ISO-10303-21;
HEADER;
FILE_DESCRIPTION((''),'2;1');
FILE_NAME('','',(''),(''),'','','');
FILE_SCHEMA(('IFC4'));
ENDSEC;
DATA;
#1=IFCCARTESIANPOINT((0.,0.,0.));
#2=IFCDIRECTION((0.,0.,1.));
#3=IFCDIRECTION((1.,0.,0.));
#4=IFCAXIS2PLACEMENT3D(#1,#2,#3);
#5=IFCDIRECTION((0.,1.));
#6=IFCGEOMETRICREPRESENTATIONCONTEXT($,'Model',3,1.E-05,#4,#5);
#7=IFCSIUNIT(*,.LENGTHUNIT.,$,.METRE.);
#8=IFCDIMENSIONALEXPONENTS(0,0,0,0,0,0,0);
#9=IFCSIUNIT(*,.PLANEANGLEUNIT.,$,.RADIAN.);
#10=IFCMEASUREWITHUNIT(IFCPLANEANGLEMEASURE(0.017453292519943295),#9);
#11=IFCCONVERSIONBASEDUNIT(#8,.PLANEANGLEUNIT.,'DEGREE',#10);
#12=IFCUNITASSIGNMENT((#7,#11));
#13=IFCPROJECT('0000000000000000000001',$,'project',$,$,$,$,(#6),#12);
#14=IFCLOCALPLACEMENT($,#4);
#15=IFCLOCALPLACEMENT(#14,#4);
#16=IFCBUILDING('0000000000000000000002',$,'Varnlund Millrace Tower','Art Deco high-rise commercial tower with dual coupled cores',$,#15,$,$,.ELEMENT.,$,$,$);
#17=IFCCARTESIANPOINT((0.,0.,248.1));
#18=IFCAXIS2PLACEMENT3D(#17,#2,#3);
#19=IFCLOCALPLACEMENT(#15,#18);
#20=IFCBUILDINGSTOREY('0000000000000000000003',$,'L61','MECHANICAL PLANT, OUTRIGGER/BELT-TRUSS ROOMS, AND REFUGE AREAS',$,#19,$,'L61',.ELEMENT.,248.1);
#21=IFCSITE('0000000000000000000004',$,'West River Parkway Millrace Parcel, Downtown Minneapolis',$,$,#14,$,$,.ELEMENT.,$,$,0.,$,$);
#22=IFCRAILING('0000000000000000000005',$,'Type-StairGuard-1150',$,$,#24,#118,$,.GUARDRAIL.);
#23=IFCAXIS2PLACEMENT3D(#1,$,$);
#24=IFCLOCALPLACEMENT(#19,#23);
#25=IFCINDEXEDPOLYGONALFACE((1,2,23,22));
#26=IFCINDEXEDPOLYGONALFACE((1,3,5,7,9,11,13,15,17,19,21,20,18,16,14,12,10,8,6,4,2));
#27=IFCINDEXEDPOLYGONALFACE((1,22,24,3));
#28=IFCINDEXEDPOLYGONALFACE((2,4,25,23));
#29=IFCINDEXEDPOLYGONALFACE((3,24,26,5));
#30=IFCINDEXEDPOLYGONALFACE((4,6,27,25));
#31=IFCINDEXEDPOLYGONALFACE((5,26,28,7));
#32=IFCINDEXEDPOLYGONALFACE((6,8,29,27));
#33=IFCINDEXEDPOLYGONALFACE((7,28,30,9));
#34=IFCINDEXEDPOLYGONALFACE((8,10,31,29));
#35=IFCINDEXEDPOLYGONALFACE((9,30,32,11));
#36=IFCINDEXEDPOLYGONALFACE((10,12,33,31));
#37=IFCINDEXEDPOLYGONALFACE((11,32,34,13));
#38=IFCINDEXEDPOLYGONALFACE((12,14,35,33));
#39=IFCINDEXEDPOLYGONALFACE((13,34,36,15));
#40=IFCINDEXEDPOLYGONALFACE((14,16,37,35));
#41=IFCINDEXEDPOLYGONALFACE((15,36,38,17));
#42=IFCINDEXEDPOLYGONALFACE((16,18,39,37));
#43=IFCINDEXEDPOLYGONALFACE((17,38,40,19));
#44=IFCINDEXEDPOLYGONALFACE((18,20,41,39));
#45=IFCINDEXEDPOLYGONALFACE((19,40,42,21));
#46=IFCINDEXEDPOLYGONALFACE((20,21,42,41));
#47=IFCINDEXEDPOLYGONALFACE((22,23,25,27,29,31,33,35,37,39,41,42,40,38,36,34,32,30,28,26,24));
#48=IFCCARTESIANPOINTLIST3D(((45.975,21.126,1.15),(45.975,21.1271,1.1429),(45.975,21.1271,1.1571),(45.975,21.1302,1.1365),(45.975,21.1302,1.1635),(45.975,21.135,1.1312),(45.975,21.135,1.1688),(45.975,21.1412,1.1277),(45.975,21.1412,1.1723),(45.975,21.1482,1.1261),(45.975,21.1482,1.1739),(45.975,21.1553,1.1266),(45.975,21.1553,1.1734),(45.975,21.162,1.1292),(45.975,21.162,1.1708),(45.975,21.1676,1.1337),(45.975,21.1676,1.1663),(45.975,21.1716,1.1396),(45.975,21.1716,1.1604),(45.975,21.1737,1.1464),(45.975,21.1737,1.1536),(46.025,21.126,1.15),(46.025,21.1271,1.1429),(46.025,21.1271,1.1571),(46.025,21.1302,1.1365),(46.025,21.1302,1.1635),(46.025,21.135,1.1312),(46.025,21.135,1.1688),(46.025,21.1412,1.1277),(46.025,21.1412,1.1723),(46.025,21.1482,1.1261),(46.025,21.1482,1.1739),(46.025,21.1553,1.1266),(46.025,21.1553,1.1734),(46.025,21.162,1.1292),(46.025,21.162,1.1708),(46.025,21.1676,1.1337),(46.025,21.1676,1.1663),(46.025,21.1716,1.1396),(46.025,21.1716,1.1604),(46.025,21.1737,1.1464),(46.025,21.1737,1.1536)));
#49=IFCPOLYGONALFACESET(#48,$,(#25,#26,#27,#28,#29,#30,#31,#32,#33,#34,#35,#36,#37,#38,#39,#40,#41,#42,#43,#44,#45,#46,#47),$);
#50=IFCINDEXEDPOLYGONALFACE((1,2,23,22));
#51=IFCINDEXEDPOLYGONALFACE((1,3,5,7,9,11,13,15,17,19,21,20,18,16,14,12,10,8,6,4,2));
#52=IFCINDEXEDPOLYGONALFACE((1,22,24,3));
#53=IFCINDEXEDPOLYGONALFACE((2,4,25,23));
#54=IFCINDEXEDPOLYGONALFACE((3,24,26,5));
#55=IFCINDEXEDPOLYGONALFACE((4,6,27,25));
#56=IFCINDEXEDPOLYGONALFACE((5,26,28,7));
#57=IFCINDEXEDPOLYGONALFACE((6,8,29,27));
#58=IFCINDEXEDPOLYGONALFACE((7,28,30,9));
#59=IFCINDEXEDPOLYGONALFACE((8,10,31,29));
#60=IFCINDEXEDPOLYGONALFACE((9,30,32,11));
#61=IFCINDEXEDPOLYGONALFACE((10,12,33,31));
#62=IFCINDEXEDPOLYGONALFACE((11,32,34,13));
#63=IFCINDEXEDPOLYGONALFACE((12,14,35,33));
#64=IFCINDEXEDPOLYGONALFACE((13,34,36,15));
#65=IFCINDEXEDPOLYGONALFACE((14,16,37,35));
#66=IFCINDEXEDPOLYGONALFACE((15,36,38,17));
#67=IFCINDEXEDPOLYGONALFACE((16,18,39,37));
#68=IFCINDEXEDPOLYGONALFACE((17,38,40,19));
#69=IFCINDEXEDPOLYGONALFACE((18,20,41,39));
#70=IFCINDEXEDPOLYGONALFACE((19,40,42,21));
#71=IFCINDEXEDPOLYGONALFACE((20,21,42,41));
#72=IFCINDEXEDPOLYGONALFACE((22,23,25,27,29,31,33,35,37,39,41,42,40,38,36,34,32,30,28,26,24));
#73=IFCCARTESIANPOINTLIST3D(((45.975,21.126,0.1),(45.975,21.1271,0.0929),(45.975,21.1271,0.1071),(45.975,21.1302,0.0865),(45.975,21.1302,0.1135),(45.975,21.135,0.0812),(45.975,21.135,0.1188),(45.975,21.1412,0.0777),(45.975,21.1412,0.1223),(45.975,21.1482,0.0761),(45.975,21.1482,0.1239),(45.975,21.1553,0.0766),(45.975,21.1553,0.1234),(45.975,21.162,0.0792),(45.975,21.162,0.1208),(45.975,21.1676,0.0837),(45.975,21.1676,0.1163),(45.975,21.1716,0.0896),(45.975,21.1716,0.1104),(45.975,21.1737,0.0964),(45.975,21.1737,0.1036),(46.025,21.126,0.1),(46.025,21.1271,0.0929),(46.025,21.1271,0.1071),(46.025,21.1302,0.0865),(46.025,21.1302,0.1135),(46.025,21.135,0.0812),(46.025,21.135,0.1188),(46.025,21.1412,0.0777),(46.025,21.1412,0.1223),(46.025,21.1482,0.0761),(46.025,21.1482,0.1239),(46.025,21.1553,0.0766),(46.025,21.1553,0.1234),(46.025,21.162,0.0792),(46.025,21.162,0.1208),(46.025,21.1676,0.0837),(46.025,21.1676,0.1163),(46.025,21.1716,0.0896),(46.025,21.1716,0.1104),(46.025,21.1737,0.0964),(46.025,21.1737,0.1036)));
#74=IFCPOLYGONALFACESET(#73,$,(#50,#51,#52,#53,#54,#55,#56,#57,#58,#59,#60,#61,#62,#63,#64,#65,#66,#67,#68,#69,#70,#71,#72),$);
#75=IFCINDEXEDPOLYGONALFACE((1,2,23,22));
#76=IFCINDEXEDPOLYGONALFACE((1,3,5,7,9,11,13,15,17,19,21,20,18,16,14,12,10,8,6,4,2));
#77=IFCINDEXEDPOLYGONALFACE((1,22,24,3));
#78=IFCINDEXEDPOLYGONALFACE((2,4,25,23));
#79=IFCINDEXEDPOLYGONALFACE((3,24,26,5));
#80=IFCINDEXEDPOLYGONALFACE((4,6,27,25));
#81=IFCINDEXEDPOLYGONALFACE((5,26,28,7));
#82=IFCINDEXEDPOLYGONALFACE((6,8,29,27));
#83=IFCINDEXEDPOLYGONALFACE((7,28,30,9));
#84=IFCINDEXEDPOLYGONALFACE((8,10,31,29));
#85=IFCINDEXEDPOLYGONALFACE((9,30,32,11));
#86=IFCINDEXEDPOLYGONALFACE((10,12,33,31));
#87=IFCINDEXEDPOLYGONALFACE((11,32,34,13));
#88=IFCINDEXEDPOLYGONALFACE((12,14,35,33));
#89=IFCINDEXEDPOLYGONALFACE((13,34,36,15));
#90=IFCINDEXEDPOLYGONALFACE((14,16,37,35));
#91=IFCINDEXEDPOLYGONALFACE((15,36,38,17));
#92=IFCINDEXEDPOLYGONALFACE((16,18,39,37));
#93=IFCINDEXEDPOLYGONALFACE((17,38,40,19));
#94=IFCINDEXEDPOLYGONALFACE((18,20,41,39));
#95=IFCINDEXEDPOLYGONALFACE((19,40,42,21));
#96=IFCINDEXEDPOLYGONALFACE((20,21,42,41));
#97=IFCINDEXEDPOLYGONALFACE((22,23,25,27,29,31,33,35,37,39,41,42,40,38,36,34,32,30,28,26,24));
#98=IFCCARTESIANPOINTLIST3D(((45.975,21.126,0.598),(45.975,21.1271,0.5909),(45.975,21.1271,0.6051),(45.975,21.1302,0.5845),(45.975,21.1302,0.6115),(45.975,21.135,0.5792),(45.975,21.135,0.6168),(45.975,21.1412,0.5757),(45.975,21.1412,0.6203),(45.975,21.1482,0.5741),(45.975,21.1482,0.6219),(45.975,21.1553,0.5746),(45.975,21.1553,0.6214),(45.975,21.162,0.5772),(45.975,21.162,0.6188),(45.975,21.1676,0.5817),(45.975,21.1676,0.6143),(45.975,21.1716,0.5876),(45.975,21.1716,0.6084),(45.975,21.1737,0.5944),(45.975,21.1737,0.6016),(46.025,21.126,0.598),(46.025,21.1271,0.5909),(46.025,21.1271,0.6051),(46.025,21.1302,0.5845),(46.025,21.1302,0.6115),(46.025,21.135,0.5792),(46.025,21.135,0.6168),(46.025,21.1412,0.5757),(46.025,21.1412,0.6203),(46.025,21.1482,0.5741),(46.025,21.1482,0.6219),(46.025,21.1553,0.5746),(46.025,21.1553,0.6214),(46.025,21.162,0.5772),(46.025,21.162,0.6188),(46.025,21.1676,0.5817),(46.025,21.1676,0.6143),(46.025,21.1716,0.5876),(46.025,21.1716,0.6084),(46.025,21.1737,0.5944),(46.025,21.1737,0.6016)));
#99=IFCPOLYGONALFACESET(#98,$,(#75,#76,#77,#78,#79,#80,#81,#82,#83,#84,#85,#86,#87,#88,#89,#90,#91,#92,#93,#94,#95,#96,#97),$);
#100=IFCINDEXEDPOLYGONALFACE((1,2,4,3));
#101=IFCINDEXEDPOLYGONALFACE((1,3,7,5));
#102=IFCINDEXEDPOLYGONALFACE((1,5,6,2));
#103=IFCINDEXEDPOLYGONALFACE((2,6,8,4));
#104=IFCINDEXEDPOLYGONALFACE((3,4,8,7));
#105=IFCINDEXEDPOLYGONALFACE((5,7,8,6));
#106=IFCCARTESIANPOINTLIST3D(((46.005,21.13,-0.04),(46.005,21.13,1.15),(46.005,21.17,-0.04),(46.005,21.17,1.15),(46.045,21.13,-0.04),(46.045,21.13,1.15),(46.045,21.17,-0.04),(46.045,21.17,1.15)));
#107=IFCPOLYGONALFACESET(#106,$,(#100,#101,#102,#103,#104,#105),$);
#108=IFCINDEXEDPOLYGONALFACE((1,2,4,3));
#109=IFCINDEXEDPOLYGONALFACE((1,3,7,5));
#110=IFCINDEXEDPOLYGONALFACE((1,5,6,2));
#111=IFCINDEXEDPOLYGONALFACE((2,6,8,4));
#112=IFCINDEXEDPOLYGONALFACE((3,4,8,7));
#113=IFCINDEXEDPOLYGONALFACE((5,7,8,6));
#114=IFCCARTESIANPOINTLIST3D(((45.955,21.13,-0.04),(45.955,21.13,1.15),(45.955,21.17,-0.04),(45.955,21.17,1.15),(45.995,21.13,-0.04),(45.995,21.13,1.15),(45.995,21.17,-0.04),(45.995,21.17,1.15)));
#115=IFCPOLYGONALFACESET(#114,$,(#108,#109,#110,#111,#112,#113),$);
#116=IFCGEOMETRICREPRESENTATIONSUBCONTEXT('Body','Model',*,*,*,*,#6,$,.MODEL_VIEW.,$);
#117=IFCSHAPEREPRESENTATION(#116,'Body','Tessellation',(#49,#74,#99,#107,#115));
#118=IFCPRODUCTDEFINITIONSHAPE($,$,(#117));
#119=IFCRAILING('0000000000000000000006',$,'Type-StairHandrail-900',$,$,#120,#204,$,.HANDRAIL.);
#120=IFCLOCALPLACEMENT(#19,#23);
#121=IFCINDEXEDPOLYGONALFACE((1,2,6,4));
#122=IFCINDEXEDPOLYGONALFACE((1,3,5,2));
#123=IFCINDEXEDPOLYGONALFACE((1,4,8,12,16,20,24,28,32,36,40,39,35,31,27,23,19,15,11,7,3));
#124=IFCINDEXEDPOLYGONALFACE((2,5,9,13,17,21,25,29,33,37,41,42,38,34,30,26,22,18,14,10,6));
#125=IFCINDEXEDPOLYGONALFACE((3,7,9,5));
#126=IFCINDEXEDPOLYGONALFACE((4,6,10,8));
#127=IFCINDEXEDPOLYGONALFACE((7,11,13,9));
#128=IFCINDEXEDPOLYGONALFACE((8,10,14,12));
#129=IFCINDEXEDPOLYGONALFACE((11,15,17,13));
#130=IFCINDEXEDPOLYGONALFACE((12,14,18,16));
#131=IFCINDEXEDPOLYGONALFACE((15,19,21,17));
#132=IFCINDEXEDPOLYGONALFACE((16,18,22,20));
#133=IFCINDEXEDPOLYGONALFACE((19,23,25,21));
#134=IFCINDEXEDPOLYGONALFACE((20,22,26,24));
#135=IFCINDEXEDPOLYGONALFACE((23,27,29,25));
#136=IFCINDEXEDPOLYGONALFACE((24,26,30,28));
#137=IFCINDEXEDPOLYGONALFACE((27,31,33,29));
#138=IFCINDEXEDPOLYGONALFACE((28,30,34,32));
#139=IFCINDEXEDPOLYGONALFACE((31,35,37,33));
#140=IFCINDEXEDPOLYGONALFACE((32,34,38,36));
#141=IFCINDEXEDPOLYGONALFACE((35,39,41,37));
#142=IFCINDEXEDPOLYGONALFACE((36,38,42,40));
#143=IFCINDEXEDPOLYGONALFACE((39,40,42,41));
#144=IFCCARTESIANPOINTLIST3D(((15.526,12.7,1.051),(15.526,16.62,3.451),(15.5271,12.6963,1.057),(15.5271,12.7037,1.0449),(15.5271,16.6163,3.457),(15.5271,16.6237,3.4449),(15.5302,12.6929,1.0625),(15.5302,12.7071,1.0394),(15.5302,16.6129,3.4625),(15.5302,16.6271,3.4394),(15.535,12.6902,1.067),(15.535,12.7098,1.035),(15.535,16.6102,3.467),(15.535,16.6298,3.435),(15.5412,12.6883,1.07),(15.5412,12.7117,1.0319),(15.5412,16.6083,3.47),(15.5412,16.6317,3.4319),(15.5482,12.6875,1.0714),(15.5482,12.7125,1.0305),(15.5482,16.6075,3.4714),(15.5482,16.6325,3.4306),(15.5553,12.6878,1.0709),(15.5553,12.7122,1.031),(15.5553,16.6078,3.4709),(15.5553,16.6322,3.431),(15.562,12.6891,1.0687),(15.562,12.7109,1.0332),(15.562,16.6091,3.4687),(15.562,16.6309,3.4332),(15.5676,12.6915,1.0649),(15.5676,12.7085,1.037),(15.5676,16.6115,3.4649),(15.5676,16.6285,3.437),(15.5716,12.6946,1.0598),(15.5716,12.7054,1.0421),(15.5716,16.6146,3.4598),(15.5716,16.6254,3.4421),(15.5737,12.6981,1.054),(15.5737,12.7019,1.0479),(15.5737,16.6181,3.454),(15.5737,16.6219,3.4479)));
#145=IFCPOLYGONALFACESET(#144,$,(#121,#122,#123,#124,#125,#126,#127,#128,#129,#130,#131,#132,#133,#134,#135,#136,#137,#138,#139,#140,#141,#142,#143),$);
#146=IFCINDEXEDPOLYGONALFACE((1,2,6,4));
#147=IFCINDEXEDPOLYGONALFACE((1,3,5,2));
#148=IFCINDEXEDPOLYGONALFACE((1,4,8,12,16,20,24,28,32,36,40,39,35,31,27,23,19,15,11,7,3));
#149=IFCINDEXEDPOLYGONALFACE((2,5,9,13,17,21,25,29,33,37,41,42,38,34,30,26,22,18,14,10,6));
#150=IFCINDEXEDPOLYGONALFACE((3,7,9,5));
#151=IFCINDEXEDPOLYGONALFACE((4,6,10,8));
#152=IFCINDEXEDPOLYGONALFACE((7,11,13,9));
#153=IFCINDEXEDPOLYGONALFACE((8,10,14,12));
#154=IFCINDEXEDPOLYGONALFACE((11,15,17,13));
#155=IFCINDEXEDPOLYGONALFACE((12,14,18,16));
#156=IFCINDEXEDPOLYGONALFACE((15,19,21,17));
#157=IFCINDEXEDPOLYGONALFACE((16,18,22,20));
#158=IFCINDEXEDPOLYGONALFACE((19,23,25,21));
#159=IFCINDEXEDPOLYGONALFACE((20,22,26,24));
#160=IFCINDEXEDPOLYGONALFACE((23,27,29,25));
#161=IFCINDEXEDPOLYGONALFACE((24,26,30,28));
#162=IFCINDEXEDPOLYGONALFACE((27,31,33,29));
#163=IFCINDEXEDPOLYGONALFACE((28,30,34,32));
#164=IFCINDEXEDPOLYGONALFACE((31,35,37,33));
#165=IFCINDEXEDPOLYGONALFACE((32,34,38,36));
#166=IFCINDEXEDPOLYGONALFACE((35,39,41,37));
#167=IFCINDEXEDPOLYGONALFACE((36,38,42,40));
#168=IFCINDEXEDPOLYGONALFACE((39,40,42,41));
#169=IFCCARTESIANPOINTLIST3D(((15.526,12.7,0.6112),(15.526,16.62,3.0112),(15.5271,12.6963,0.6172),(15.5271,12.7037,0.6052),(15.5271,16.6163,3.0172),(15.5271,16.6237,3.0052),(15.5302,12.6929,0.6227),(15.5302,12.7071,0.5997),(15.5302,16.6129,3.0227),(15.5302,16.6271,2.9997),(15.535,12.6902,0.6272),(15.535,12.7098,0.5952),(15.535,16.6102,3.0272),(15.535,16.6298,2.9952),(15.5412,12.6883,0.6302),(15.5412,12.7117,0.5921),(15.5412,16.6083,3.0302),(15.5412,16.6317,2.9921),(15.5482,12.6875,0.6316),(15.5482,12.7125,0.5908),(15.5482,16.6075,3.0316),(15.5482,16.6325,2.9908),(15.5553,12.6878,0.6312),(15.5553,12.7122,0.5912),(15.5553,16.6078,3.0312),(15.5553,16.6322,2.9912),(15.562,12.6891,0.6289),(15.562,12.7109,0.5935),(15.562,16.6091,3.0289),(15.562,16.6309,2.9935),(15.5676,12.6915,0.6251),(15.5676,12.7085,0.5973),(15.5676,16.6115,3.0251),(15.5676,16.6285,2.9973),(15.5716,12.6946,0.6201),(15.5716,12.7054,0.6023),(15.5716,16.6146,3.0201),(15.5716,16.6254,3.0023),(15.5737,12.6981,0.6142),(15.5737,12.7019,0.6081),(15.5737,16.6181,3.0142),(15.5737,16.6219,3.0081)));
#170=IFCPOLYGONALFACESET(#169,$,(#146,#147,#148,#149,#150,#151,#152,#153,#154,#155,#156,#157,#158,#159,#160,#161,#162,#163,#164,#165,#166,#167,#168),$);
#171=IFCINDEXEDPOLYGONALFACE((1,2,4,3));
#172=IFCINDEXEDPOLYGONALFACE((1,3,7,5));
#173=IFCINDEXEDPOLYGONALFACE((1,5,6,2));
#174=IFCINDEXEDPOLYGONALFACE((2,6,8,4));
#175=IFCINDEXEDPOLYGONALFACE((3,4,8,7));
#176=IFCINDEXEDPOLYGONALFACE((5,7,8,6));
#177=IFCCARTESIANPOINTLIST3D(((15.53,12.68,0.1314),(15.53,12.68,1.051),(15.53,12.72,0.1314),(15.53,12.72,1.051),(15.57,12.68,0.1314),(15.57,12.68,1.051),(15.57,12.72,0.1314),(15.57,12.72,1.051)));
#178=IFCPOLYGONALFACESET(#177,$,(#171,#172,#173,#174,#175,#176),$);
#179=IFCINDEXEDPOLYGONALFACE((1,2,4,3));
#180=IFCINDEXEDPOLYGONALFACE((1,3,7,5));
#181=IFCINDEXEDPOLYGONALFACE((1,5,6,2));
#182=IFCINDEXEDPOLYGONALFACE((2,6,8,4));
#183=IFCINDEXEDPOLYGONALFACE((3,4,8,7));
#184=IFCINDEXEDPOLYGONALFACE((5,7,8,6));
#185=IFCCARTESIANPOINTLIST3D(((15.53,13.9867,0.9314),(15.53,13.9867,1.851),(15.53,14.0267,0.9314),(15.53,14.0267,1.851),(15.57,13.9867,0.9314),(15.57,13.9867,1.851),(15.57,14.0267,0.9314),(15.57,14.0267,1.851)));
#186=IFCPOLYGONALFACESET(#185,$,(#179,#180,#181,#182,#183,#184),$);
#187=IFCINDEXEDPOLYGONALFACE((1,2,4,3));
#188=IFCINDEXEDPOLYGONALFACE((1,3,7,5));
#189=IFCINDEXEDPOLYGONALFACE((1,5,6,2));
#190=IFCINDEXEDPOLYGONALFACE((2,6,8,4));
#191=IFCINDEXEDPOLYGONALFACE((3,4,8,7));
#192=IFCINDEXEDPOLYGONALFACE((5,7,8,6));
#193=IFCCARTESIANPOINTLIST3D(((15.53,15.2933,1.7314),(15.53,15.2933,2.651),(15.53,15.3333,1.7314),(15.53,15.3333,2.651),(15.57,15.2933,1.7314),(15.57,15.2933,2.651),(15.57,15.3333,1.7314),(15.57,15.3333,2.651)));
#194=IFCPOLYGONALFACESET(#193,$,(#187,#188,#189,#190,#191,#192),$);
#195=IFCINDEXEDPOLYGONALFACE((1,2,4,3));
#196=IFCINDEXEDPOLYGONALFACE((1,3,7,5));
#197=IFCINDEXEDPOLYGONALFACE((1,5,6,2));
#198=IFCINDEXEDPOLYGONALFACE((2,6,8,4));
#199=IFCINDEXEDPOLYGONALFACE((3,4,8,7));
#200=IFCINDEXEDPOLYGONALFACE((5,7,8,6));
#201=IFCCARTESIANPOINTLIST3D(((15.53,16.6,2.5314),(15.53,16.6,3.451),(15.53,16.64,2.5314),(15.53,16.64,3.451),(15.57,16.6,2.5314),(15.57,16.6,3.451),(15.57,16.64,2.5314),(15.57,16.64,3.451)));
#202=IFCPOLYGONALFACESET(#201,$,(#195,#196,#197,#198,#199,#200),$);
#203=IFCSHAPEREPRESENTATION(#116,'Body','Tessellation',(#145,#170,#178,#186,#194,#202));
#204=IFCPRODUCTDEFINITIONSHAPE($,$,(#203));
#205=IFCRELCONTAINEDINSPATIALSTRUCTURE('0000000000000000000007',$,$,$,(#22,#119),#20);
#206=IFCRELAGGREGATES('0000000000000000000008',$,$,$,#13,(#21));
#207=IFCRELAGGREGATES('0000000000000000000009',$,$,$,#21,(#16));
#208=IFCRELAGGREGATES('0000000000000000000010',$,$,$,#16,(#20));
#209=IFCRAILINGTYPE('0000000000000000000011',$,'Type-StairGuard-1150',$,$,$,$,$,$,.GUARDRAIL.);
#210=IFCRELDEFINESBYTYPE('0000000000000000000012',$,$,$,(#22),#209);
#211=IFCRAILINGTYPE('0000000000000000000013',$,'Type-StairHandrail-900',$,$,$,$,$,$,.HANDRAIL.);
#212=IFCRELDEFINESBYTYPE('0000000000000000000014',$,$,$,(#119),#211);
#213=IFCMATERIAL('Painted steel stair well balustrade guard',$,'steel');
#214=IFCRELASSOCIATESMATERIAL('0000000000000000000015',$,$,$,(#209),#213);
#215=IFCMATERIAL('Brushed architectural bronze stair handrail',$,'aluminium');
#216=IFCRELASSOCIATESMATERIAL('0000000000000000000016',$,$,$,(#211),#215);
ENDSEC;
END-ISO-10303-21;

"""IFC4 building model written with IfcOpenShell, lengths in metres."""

from ifc_helpers import new_model, entity, si_unit, converted_unit, direction, frame, origin_with_axes, origin_2d_with_axis, place, context, subcontext, project, spatial, rectangle, circle, extrude, material, type_object, element, save


model = new_model("IFC4")

# Units and contexts
model_context = context("Model", 3, precision=1e-05, world=origin_with_axes(), true_north=direction((0.0, 1.0)))
body_context = subcontext(model_context, "Body", "Model", "MODEL_VIEW")
ifc_project = project(units=[si_unit("LENGTHUNIT", "METRE"), converted_unit("PLANEANGLEUNIT", "DEGREE", entity("IfcPlaneAngleMeasure", 0.017453292519943295), si_unit("PLANEANGLEUNIT", "RADIAN"), dimensions=[0, 0, 0, 0, 0, 0, 0])], contexts=[model_context])

# Site, building, storey
site_placement = place(None, origin_with_axes())
site = spatial("IfcSite", under=ifc_project, at=site_placement, Name="West River Parkway Millrace Parcel, Downtown Minneapolis", CompositionType="ELEMENT", RefElevation=0.0)
building_placement = place(site_placement, origin_with_axes())
building = spatial("IfcBuilding", under=site, at=building_placement, Name="Varnlund Millrace Tower", Description="Art Deco high-rise commercial tower with dual coupled cores", CompositionType="ELEMENT")
storey_placement = place(building_placement, frame((0.0, 0.0, 248.1), z_axis=(0.0, 0.0, 1.0), x_axis=(1.0, 0.0, 0.0)))
storey = spatial("IfcBuildingStorey", under=building, at=storey_placement, Name="L61", Description="MECHANICAL PLANT, OUTRIGGER/BELT-TRUSS ROOMS, AND REFUGE AREAS", LongName="L61", CompositionType="ELEMENT", Elevation=248.1)

# Railings
ifc_material_1 = material(Name="Painted steel stair well balustrade guard", Category="steel")
railing_type_1 = type_object("IfcRailingType", Name="Type-StairGuard-1150", PredefinedType="GUARDRAIL", material=ifc_material_1)
railing_1_placement = place(storey_placement, frame((0.0, 0.0, -248.1), z_axis=(0.0, 0.0, 1.0), x_axis=(1.0, 0.0, 0.0)))
element("IfcRailing", 1, at=railing_1_placement, inside=storey, type_object=railing_type_1, Name="Type-StairGuard-1150", PredefinedType="GUARDRAIL", context=body_context, shape_type="SweptSolid", body=[
    extrude(circle(Radius=0.024, at=origin_2d_with_axis()), frame((46.025, 21.15, 249.25), z_axis=(-1.0, 0.0, 0.0), x_axis=(0.0, -1.0, 0.0)), (0.0, 0.0, 1.0), 0.05),
    extrude(circle(Radius=0.024, at=origin_2d_with_axis()), frame((46.025, 21.15, 248.2), z_axis=(-1.0, 0.0, 0.0), x_axis=(0.0, -1.0, 0.0)), (0.0, 0.0, 1.0), 0.05),
    extrude(circle(Radius=0.024, at=origin_2d_with_axis()), frame((46.025, 21.15, 248.698), z_axis=(-1.0, 0.0, 0.0), x_axis=(0.0, -1.0, 0.0)), (0.0, 0.0, 1.0), 0.05),
    extrude(rectangle(XDim=0.04, YDim=0.04, at=origin_2d_with_axis()), frame((46.025, 21.15, 248.06), z_axis=(0.0, 0.0, 1.0), x_axis=(1.0, 0.0, 0.0)), (0.0, 0.0, 1.0), 1.19),
    extrude(rectangle(XDim=0.04, YDim=0.04, at=origin_2d_with_axis()), frame((45.975, 21.15, 248.06), z_axis=(0.0, 0.0, 1.0), x_axis=(1.0, 0.0, 0.0)), (0.0, 0.0, 1.0), 1.19),
])
ifc_material_2 = material(Name="Brushed architectural bronze stair handrail", Category="aluminium")
railing_type_2 = type_object("IfcRailingType", Name="Type-StairHandrail-900", PredefinedType="HANDRAIL", material=ifc_material_2)
railing_2_placement = place(storey_placement, frame((0.0, 0.0, -248.1), z_axis=(0.0, 0.0, 1.0), x_axis=(1.0, 0.0, 0.0)))
element("IfcRailing", 2, at=railing_2_placement, inside=storey, type_object=railing_type_2, Name="Type-StairHandrail-900", PredefinedType="HANDRAIL", context=body_context, shape_type="SweptSolid", body=[
    extrude(circle(Radius=0.024, at=origin_2d_with_axis()), frame((15.55, 12.7, 249.151), z_axis=(0.0, 0.852851, 0.522154), x_axis=(-1.0, 0.0, 0.0)), (0.0, 0.0, 1.0), 4.5963),
    extrude(circle(Radius=0.024, at=origin_2d_with_axis()), frame((15.55, 12.7, 248.7112), z_axis=(0.0, 0.852851, 0.522154), x_axis=(-1.0, 0.0, 0.0)), (0.0, 0.0, 1.0), 4.5963),
    extrude(rectangle(XDim=0.04, YDim=0.04, at=origin_2d_with_axis()), frame((15.55, 12.7, 248.2314), z_axis=(0.0, 0.0, 1.0), x_axis=(1.0, 0.0, 0.0)), (0.0, 0.0, 1.0), 0.9195),
    extrude(rectangle(XDim=0.04, YDim=0.04, at=origin_2d_with_axis()), frame((15.55, 14.0067, 249.0314), z_axis=(0.0, 0.0, 1.0), x_axis=(1.0, 0.0, 0.0)), (0.0, 0.0, 1.0), 0.9195),
    extrude(rectangle(XDim=0.04, YDim=0.04, at=origin_2d_with_axis()), frame((15.55, 15.3133, 249.8314), z_axis=(0.0, 0.0, 1.0), x_axis=(1.0, 0.0, 0.0)), (0.0, 0.0, 1.0), 0.9195),
    extrude(rectangle(XDim=0.04, YDim=0.04, at=origin_2d_with_axis()), frame((15.55, 16.62, 250.6314), z_axis=(0.0, 0.0, 1.0), x_axis=(1.0, 0.0, 0.0)), (0.0, 0.0, 1.0), 0.9195),
])

save(model, "model.ifc")
